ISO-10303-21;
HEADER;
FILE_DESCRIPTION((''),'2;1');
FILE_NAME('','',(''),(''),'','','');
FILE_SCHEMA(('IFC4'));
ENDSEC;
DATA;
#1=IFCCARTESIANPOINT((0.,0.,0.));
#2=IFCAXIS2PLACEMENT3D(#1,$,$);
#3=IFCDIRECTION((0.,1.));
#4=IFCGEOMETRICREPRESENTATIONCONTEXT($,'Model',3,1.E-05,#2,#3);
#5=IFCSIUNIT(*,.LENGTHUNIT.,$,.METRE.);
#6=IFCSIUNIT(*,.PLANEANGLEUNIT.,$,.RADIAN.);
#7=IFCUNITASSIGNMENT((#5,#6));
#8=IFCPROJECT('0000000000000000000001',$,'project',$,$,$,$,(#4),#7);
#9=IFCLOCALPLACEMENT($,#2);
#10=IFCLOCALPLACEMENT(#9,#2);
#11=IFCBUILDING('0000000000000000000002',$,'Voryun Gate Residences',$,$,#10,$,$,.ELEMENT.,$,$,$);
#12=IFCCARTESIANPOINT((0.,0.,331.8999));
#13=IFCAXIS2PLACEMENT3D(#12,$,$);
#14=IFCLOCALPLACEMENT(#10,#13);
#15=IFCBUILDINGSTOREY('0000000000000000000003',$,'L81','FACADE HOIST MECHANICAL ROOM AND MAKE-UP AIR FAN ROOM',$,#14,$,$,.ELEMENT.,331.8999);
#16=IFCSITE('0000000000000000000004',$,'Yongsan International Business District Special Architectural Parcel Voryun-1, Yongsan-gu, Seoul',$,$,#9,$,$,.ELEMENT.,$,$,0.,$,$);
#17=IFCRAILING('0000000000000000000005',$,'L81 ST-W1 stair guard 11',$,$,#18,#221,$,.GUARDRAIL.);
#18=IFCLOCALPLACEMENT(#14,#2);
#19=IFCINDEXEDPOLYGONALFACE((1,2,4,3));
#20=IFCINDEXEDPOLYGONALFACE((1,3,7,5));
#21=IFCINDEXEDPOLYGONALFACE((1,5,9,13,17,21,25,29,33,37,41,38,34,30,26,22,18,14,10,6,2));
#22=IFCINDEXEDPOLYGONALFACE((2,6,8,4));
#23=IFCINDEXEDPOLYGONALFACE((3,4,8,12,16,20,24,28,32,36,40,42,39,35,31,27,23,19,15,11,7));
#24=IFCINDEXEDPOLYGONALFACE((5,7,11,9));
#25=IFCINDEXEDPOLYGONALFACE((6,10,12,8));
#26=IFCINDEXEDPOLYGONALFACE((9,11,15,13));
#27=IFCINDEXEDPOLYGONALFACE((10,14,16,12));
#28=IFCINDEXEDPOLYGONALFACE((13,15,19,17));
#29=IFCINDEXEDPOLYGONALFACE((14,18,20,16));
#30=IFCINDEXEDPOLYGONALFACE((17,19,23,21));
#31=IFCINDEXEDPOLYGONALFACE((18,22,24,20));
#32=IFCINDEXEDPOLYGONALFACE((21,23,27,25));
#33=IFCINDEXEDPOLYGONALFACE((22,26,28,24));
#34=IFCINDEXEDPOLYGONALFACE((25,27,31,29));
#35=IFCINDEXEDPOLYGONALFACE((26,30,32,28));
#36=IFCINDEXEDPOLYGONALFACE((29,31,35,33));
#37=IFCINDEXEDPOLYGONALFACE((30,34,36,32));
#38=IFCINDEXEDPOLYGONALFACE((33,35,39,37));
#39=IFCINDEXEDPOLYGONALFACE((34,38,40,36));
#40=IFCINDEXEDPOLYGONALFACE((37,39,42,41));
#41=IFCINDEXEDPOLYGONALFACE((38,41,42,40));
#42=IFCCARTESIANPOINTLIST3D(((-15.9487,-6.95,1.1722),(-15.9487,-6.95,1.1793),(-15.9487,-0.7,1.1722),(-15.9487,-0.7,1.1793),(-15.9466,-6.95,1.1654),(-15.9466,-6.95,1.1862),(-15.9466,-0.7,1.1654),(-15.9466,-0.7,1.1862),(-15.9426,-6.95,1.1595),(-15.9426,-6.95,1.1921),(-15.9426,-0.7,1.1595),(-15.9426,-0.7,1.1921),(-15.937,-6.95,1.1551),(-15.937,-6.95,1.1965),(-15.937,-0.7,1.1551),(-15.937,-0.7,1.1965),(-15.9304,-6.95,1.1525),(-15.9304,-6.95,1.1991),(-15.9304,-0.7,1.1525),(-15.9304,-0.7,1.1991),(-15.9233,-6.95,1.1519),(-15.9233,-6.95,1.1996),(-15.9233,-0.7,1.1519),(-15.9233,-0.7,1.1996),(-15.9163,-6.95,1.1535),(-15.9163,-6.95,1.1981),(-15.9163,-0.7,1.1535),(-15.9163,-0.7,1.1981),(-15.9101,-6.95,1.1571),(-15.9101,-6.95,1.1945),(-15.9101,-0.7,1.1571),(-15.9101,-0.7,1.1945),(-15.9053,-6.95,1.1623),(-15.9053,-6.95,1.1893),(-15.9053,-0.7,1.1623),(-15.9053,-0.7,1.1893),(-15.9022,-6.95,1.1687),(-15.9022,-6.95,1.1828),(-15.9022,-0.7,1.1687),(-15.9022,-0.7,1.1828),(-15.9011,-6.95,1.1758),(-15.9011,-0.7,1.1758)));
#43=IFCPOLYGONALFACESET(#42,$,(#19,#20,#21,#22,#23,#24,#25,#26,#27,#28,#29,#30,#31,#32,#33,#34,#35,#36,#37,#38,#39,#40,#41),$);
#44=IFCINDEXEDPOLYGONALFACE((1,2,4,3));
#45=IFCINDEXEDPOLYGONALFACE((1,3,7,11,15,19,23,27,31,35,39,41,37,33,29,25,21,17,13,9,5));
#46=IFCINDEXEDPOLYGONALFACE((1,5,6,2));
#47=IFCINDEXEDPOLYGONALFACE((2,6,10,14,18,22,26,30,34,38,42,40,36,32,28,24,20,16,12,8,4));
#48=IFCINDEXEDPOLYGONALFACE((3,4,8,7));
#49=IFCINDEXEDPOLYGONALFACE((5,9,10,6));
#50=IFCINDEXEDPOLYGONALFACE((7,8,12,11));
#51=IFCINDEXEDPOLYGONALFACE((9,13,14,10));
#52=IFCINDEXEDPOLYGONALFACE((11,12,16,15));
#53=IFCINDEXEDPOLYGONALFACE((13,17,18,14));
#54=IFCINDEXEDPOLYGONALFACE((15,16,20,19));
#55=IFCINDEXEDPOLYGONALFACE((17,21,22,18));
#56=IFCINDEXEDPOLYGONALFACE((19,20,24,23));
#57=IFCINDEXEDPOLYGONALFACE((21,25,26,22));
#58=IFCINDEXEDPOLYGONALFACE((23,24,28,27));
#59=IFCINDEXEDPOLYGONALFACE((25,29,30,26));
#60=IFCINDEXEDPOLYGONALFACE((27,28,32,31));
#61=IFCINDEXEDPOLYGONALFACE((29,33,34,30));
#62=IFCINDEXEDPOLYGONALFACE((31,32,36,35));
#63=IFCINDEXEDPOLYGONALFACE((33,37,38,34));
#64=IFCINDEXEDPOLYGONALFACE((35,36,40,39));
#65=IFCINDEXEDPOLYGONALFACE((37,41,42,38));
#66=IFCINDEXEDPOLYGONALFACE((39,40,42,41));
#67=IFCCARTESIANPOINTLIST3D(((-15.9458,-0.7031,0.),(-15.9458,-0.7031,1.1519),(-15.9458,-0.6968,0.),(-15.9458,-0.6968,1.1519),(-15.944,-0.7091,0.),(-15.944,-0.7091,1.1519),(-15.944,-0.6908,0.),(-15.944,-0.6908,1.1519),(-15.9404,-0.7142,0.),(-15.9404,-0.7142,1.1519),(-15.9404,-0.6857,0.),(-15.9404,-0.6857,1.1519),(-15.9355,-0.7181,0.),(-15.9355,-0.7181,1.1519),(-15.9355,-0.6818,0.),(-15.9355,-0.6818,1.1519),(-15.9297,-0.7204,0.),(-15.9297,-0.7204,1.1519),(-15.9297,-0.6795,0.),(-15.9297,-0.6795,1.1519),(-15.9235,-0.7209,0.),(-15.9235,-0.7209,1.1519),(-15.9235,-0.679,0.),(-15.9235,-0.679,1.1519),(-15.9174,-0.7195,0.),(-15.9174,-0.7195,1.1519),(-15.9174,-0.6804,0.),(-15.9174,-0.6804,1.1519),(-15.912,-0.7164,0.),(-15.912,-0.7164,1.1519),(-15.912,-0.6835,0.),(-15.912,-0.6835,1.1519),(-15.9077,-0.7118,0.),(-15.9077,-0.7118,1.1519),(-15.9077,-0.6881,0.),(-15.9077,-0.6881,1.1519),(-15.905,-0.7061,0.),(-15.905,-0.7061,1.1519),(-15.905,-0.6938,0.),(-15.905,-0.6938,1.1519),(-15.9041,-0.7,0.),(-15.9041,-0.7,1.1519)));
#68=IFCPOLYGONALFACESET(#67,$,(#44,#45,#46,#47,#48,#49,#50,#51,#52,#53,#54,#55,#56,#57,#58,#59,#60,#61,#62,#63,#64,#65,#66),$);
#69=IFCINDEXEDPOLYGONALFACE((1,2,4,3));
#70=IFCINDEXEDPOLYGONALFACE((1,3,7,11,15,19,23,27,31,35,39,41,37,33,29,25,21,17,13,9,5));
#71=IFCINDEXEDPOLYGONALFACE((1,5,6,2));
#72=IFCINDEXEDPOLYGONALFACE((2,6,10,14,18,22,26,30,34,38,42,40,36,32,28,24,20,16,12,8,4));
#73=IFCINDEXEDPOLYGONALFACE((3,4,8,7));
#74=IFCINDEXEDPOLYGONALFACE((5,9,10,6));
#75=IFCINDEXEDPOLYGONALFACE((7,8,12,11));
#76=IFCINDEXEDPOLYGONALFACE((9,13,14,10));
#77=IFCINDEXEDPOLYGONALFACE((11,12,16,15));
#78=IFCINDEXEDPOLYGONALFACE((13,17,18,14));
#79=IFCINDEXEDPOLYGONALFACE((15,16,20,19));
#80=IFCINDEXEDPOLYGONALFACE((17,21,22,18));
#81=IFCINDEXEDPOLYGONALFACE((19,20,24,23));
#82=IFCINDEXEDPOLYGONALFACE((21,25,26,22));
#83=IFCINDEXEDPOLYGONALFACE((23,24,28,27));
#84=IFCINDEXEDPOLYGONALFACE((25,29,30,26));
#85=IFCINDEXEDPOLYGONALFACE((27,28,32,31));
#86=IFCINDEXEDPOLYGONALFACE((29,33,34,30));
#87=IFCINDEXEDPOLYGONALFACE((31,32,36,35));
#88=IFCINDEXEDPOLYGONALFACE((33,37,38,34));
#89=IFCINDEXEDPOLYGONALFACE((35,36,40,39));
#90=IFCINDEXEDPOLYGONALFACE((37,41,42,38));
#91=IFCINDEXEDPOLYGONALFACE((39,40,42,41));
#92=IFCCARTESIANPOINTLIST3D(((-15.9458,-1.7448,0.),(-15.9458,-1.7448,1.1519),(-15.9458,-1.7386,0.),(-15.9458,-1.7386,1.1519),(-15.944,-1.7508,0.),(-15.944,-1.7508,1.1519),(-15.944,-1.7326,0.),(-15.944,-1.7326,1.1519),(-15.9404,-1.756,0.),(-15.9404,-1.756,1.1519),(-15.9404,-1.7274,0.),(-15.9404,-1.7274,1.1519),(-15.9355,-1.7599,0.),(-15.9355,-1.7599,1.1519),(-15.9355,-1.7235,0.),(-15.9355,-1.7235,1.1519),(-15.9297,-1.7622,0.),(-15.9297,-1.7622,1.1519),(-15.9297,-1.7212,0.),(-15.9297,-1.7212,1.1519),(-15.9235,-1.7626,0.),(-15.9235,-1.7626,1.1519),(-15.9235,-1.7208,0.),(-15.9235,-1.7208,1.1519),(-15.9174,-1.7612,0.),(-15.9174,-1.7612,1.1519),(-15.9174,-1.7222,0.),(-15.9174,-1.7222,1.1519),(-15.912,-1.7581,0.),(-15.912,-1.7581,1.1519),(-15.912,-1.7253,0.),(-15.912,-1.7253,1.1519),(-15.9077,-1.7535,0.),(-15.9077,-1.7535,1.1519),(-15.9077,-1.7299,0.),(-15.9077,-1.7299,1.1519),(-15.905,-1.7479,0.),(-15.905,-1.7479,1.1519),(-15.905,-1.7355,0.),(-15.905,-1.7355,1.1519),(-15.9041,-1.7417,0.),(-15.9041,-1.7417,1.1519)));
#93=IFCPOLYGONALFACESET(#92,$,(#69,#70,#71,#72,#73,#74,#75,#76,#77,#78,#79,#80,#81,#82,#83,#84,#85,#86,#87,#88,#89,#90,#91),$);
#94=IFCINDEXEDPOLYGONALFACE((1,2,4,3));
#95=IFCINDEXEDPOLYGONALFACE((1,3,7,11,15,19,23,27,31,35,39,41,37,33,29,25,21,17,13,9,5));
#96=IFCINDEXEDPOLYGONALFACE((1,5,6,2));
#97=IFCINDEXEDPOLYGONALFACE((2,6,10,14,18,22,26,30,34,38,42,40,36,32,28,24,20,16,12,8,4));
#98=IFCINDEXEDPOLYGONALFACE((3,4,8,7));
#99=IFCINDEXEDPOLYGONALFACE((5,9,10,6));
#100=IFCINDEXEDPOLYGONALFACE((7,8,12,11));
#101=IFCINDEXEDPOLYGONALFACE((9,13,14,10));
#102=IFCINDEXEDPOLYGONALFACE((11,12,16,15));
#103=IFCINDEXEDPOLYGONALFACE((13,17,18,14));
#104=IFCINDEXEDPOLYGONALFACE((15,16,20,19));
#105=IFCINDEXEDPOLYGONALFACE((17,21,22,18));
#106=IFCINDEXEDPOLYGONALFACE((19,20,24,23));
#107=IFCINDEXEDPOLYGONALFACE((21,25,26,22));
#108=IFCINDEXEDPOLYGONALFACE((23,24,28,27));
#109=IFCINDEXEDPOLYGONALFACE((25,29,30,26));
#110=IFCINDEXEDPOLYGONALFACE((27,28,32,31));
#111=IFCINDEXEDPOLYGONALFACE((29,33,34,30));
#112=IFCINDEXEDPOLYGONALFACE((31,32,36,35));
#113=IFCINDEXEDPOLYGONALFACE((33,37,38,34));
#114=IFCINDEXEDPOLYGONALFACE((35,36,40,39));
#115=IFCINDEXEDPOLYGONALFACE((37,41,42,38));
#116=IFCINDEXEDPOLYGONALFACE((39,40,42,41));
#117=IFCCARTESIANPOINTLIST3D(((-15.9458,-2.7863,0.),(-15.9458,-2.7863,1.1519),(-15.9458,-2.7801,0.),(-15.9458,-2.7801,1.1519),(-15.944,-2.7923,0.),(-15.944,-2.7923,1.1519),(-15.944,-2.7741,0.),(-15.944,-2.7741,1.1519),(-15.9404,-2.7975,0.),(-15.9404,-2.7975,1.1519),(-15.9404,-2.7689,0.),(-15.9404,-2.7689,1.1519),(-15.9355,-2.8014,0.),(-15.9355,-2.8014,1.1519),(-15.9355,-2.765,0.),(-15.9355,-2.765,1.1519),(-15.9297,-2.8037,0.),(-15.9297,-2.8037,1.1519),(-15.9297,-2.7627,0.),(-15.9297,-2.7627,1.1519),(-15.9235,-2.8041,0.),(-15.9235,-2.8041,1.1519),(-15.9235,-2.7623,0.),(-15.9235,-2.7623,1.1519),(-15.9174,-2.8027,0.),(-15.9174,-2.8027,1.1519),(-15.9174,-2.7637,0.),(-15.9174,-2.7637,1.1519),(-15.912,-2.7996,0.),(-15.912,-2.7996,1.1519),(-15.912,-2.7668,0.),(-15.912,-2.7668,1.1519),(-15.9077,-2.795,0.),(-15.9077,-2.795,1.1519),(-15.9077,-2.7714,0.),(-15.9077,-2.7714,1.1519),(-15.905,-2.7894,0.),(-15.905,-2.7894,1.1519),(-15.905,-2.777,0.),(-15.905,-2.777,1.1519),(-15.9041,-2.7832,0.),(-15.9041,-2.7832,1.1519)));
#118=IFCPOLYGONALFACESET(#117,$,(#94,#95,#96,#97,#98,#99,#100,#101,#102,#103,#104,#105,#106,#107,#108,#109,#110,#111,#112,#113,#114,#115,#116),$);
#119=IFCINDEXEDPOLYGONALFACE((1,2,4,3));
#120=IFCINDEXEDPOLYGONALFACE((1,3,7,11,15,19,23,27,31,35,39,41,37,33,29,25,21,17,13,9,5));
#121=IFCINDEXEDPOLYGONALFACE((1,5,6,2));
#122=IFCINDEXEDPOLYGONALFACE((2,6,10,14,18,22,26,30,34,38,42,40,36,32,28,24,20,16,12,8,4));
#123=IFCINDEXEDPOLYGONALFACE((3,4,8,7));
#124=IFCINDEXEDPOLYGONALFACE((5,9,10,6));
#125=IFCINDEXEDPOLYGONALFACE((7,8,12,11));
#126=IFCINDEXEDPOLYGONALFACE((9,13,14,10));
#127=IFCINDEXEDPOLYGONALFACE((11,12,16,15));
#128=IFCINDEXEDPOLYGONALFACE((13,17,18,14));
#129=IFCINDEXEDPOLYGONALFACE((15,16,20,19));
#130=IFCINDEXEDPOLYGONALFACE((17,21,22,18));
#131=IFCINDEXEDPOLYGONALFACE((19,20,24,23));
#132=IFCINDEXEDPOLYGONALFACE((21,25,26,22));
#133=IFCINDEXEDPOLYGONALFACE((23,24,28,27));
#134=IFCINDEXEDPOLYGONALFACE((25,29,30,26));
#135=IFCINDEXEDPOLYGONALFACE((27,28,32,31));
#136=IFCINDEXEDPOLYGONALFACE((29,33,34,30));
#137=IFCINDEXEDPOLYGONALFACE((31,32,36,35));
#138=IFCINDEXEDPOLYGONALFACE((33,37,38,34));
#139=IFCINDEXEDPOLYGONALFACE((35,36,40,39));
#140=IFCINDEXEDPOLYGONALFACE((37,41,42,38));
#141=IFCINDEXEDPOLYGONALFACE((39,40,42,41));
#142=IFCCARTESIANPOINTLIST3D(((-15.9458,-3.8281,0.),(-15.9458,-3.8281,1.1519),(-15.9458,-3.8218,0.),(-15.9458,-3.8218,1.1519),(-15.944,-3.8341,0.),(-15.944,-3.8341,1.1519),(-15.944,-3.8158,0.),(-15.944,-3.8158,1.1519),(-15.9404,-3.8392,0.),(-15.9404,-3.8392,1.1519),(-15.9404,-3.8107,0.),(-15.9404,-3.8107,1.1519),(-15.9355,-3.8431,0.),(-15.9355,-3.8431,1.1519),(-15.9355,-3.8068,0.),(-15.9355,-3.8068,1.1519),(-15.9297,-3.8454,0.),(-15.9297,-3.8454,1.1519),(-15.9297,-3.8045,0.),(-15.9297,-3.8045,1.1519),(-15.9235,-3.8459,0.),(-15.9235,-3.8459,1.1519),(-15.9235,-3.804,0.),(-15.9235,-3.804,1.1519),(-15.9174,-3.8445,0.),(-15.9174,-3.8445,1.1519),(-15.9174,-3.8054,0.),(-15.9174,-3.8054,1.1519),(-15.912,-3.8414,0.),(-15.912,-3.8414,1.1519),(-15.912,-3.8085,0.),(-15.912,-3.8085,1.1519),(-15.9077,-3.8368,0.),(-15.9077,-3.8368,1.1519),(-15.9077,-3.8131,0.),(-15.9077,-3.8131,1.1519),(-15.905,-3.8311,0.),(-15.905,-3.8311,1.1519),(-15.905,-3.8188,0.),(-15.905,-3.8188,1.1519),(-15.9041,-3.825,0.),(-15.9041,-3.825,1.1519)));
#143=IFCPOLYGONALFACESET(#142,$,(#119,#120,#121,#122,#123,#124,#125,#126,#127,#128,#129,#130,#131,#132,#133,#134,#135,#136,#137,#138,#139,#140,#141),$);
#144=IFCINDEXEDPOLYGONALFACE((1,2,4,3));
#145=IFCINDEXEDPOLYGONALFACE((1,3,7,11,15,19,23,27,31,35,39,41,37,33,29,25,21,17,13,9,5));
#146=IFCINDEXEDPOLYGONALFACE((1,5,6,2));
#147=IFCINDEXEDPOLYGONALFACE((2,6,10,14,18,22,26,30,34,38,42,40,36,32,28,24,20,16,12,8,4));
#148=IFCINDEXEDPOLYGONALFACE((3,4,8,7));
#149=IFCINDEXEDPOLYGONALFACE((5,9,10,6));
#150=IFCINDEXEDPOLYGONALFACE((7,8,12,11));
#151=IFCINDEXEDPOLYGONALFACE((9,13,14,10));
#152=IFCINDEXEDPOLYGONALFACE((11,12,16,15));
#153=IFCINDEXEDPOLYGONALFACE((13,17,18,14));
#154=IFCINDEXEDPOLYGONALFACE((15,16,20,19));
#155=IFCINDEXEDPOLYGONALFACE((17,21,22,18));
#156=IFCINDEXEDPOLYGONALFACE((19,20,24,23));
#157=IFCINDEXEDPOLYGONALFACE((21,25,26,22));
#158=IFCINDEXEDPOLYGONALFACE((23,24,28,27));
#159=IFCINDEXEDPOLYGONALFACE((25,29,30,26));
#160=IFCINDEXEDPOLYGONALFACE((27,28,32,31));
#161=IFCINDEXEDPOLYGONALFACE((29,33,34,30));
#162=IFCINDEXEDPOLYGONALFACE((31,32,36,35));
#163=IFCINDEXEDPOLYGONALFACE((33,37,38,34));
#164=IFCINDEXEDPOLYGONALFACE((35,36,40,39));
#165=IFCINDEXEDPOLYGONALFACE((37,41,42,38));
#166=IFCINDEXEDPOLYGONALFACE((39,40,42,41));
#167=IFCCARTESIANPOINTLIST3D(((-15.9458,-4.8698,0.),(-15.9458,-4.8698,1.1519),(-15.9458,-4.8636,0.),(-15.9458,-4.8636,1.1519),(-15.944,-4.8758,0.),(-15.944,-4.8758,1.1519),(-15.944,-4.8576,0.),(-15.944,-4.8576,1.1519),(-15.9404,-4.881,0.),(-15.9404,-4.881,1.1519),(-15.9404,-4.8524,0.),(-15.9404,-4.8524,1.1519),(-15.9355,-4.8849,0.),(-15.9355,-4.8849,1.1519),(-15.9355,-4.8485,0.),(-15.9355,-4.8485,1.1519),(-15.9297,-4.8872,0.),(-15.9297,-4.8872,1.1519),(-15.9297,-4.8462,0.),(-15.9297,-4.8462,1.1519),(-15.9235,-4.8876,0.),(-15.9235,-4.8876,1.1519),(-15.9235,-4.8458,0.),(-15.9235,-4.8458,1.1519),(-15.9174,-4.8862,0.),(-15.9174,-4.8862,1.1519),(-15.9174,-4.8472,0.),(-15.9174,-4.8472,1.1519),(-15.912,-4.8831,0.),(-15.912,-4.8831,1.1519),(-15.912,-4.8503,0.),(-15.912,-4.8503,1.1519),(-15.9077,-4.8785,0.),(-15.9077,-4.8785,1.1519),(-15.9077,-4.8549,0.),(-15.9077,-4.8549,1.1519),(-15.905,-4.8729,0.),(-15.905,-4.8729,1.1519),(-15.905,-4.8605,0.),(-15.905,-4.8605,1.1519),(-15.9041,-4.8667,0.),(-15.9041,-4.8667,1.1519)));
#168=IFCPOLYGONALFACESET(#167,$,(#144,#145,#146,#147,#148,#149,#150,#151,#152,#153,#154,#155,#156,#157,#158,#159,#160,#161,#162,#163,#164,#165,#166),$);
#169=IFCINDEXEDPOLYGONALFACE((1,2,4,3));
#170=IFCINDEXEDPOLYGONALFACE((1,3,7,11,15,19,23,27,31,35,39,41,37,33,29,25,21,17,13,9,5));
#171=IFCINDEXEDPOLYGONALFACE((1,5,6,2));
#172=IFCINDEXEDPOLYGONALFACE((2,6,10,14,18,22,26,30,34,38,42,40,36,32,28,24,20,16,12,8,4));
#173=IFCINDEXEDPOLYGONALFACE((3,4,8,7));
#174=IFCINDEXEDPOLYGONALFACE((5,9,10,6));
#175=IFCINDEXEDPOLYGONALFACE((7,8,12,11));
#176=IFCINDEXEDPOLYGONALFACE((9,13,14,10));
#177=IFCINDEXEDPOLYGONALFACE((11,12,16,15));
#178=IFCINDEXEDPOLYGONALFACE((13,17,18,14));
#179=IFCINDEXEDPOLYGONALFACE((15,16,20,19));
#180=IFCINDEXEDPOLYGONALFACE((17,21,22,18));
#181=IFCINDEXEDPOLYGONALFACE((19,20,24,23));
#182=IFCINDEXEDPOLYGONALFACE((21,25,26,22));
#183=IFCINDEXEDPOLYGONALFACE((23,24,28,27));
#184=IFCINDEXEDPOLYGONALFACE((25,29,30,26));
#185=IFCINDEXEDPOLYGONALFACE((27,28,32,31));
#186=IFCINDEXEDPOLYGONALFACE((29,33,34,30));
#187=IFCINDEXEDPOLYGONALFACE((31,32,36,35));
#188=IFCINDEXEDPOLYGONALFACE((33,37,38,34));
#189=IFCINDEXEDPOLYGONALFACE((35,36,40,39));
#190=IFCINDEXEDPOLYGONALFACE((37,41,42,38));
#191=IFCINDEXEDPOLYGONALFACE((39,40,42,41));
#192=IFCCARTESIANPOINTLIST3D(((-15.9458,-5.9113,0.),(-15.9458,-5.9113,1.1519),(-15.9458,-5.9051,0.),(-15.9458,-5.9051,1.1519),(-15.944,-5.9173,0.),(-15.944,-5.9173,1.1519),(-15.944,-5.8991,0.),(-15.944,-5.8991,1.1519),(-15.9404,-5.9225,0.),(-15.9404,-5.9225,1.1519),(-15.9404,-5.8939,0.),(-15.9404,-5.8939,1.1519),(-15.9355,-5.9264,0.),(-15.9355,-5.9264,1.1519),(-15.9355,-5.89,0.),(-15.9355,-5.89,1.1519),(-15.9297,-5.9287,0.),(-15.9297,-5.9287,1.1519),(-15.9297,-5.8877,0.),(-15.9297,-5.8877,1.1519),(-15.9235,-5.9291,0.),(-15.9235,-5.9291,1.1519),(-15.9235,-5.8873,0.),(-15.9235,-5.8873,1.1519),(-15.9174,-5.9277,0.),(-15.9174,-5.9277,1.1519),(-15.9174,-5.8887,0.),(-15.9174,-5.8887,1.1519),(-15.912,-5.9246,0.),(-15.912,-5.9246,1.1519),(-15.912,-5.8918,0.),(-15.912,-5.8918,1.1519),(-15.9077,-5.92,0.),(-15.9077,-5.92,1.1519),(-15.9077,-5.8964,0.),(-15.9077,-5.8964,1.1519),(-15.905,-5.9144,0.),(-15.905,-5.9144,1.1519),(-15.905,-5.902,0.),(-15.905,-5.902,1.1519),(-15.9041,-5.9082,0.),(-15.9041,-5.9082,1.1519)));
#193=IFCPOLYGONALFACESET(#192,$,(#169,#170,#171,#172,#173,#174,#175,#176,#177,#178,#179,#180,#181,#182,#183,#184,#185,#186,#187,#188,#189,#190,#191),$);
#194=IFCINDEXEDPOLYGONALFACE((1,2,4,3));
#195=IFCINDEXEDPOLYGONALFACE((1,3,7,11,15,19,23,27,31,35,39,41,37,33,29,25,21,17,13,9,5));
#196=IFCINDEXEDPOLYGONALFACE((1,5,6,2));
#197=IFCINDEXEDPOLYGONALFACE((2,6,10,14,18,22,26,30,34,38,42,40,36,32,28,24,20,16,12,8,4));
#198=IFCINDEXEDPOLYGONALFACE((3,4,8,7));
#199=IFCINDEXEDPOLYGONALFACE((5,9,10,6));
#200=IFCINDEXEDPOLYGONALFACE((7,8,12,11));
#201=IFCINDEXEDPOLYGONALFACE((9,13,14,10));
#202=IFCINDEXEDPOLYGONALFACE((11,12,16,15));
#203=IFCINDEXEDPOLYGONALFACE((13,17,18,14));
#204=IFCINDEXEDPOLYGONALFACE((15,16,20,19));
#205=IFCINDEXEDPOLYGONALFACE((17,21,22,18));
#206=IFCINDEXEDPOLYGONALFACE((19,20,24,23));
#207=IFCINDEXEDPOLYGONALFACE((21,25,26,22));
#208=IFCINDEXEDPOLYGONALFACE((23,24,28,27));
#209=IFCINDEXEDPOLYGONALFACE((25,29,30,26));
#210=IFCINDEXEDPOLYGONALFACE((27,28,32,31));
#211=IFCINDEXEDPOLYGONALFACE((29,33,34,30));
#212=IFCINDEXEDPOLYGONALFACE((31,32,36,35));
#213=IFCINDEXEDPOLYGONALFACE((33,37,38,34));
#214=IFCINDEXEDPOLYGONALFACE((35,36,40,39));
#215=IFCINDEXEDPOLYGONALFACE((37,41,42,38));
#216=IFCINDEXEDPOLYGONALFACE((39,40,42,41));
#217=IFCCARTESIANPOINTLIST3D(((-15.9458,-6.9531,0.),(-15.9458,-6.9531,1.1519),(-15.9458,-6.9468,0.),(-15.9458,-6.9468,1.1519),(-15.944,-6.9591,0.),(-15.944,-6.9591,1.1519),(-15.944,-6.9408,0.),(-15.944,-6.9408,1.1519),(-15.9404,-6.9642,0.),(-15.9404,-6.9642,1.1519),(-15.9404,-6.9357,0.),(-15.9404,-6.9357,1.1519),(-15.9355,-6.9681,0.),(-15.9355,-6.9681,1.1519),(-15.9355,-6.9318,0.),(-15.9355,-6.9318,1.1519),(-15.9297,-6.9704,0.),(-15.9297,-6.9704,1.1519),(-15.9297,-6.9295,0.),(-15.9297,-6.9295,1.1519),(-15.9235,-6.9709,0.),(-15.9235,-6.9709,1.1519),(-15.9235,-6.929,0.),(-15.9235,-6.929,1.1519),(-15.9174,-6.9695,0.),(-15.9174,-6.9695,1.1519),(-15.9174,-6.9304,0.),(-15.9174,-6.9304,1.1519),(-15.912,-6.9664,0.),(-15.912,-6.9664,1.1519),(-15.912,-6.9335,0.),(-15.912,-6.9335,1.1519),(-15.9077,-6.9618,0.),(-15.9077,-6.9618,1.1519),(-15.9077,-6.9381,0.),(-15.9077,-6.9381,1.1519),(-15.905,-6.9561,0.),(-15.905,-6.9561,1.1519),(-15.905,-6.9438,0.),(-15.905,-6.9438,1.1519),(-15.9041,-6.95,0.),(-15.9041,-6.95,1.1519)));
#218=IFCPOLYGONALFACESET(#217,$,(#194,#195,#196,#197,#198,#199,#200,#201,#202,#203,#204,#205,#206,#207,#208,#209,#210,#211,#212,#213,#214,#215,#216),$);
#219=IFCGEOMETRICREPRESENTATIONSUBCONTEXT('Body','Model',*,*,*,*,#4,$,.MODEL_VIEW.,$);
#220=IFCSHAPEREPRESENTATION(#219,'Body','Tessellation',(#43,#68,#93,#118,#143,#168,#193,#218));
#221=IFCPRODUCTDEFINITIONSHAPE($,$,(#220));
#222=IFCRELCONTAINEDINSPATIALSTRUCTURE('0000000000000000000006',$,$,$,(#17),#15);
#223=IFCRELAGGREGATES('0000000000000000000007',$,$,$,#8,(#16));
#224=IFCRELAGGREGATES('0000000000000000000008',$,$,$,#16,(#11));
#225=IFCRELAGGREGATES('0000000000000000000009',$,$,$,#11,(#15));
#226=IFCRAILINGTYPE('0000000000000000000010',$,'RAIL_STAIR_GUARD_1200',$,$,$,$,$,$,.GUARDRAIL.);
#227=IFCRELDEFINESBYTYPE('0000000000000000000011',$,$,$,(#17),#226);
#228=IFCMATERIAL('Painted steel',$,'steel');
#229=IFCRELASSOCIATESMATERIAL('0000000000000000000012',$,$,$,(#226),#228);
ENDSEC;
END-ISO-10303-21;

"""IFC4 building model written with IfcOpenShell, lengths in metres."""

from ifc_helpers import new_model, si_unit, direction, frame, origin, origin_2d, place, context, subcontext, project, spatial, circle, extrude, material, type_object, element, save


model = new_model("IFC4")

# Units and contexts
model_context = context("Model", 3, precision=1e-05, world=origin(), true_north=direction((0.0, 1.0)))
body_context = subcontext(model_context, "Body", "Model", "MODEL_VIEW")
ifc_project = project(units=[si_unit("LENGTHUNIT", "METRE"), si_unit("PLANEANGLEUNIT", "RADIAN")], contexts=[model_context])

# Site, building, storey
site_placement = place(None, origin())
site = spatial("IfcSite", under=ifc_project, at=site_placement, Name="Yongsan International Business District Special Architectural Parcel Voryun-1, Yongsan-gu, Seoul", CompositionType="ELEMENT", RefElevation=0.0)
building_placement = place(site_placement, origin())
building = spatial("IfcBuilding", under=site, at=building_placement, Name="Voryun Gate Residences", CompositionType="ELEMENT")
storey_placement = place(building_placement, frame((0.0, 0.0, 331.8999)))
storey = spatial("IfcBuildingStorey", under=building, at=storey_placement, Name="L81", Description="FACADE HOIST MECHANICAL ROOM AND MAKE-UP AIR FAN ROOM", CompositionType="ELEMENT", Elevation=331.8999)

# Railing
ifc_material_1 = material(Name="Painted steel", Category="steel")
railing_type = type_object("IfcRailingType", Name="RAIL_STAIR_GUARD_1200", PredefinedType="GUARDRAIL", material=ifc_material_1)
railing_placement = place(storey_placement, frame((-15.925, -0.7, 0.0)))
element("IfcRailing", 1, at=railing_placement, inside=storey, type_object=railing_type, Name="L81 ST-W1 stair guard 11", PredefinedType="GUARDRAIL", context=body_context, shape_type="SweptSolid", body=[
    extrude(circle(Radius=0.0239, at=origin_2d()), frame((0.0, 0.0, 1.1758), z_axis=(0.0, -1.0, 0.0), x_axis=(1.0, 0.0, 0.0)), (0.0, 0.0, 1.0), 6.25),
    extrude(circle(Radius=0.021, at=origin_2d()), origin(), (0.0, 0.0, 1.0), 1.1519),
    extrude(circle(Radius=0.021, at=origin_2d()), frame((0.0, -1.0417, 0.0)), (0.0, 0.0, 1.0), 1.1519),
    extrude(circle(Radius=0.021, at=origin_2d()), frame((0.0, -2.0833, 0.0)), (0.0, 0.0, 1.0), 1.1519),
    extrude(circle(Radius=0.021, at=origin_2d()), frame((0.0, -3.125, 0.0)), (0.0, 0.0, 1.0), 1.1519),
    extrude(circle(Radius=0.021, at=origin_2d()), frame((0.0, -4.1667, 0.0)), (0.0, 0.0, 1.0), 1.1519),
    extrude(circle(Radius=0.021, at=origin_2d()), frame((0.0, -5.2083, 0.0)), (0.0, 0.0, 1.0), 1.1519),
    extrude(circle(Radius=0.021, at=origin_2d()), frame((0.0, -6.25, 0.0)), (0.0, 0.0, 1.0), 1.1519),
])

save(model, "model.ifc")
